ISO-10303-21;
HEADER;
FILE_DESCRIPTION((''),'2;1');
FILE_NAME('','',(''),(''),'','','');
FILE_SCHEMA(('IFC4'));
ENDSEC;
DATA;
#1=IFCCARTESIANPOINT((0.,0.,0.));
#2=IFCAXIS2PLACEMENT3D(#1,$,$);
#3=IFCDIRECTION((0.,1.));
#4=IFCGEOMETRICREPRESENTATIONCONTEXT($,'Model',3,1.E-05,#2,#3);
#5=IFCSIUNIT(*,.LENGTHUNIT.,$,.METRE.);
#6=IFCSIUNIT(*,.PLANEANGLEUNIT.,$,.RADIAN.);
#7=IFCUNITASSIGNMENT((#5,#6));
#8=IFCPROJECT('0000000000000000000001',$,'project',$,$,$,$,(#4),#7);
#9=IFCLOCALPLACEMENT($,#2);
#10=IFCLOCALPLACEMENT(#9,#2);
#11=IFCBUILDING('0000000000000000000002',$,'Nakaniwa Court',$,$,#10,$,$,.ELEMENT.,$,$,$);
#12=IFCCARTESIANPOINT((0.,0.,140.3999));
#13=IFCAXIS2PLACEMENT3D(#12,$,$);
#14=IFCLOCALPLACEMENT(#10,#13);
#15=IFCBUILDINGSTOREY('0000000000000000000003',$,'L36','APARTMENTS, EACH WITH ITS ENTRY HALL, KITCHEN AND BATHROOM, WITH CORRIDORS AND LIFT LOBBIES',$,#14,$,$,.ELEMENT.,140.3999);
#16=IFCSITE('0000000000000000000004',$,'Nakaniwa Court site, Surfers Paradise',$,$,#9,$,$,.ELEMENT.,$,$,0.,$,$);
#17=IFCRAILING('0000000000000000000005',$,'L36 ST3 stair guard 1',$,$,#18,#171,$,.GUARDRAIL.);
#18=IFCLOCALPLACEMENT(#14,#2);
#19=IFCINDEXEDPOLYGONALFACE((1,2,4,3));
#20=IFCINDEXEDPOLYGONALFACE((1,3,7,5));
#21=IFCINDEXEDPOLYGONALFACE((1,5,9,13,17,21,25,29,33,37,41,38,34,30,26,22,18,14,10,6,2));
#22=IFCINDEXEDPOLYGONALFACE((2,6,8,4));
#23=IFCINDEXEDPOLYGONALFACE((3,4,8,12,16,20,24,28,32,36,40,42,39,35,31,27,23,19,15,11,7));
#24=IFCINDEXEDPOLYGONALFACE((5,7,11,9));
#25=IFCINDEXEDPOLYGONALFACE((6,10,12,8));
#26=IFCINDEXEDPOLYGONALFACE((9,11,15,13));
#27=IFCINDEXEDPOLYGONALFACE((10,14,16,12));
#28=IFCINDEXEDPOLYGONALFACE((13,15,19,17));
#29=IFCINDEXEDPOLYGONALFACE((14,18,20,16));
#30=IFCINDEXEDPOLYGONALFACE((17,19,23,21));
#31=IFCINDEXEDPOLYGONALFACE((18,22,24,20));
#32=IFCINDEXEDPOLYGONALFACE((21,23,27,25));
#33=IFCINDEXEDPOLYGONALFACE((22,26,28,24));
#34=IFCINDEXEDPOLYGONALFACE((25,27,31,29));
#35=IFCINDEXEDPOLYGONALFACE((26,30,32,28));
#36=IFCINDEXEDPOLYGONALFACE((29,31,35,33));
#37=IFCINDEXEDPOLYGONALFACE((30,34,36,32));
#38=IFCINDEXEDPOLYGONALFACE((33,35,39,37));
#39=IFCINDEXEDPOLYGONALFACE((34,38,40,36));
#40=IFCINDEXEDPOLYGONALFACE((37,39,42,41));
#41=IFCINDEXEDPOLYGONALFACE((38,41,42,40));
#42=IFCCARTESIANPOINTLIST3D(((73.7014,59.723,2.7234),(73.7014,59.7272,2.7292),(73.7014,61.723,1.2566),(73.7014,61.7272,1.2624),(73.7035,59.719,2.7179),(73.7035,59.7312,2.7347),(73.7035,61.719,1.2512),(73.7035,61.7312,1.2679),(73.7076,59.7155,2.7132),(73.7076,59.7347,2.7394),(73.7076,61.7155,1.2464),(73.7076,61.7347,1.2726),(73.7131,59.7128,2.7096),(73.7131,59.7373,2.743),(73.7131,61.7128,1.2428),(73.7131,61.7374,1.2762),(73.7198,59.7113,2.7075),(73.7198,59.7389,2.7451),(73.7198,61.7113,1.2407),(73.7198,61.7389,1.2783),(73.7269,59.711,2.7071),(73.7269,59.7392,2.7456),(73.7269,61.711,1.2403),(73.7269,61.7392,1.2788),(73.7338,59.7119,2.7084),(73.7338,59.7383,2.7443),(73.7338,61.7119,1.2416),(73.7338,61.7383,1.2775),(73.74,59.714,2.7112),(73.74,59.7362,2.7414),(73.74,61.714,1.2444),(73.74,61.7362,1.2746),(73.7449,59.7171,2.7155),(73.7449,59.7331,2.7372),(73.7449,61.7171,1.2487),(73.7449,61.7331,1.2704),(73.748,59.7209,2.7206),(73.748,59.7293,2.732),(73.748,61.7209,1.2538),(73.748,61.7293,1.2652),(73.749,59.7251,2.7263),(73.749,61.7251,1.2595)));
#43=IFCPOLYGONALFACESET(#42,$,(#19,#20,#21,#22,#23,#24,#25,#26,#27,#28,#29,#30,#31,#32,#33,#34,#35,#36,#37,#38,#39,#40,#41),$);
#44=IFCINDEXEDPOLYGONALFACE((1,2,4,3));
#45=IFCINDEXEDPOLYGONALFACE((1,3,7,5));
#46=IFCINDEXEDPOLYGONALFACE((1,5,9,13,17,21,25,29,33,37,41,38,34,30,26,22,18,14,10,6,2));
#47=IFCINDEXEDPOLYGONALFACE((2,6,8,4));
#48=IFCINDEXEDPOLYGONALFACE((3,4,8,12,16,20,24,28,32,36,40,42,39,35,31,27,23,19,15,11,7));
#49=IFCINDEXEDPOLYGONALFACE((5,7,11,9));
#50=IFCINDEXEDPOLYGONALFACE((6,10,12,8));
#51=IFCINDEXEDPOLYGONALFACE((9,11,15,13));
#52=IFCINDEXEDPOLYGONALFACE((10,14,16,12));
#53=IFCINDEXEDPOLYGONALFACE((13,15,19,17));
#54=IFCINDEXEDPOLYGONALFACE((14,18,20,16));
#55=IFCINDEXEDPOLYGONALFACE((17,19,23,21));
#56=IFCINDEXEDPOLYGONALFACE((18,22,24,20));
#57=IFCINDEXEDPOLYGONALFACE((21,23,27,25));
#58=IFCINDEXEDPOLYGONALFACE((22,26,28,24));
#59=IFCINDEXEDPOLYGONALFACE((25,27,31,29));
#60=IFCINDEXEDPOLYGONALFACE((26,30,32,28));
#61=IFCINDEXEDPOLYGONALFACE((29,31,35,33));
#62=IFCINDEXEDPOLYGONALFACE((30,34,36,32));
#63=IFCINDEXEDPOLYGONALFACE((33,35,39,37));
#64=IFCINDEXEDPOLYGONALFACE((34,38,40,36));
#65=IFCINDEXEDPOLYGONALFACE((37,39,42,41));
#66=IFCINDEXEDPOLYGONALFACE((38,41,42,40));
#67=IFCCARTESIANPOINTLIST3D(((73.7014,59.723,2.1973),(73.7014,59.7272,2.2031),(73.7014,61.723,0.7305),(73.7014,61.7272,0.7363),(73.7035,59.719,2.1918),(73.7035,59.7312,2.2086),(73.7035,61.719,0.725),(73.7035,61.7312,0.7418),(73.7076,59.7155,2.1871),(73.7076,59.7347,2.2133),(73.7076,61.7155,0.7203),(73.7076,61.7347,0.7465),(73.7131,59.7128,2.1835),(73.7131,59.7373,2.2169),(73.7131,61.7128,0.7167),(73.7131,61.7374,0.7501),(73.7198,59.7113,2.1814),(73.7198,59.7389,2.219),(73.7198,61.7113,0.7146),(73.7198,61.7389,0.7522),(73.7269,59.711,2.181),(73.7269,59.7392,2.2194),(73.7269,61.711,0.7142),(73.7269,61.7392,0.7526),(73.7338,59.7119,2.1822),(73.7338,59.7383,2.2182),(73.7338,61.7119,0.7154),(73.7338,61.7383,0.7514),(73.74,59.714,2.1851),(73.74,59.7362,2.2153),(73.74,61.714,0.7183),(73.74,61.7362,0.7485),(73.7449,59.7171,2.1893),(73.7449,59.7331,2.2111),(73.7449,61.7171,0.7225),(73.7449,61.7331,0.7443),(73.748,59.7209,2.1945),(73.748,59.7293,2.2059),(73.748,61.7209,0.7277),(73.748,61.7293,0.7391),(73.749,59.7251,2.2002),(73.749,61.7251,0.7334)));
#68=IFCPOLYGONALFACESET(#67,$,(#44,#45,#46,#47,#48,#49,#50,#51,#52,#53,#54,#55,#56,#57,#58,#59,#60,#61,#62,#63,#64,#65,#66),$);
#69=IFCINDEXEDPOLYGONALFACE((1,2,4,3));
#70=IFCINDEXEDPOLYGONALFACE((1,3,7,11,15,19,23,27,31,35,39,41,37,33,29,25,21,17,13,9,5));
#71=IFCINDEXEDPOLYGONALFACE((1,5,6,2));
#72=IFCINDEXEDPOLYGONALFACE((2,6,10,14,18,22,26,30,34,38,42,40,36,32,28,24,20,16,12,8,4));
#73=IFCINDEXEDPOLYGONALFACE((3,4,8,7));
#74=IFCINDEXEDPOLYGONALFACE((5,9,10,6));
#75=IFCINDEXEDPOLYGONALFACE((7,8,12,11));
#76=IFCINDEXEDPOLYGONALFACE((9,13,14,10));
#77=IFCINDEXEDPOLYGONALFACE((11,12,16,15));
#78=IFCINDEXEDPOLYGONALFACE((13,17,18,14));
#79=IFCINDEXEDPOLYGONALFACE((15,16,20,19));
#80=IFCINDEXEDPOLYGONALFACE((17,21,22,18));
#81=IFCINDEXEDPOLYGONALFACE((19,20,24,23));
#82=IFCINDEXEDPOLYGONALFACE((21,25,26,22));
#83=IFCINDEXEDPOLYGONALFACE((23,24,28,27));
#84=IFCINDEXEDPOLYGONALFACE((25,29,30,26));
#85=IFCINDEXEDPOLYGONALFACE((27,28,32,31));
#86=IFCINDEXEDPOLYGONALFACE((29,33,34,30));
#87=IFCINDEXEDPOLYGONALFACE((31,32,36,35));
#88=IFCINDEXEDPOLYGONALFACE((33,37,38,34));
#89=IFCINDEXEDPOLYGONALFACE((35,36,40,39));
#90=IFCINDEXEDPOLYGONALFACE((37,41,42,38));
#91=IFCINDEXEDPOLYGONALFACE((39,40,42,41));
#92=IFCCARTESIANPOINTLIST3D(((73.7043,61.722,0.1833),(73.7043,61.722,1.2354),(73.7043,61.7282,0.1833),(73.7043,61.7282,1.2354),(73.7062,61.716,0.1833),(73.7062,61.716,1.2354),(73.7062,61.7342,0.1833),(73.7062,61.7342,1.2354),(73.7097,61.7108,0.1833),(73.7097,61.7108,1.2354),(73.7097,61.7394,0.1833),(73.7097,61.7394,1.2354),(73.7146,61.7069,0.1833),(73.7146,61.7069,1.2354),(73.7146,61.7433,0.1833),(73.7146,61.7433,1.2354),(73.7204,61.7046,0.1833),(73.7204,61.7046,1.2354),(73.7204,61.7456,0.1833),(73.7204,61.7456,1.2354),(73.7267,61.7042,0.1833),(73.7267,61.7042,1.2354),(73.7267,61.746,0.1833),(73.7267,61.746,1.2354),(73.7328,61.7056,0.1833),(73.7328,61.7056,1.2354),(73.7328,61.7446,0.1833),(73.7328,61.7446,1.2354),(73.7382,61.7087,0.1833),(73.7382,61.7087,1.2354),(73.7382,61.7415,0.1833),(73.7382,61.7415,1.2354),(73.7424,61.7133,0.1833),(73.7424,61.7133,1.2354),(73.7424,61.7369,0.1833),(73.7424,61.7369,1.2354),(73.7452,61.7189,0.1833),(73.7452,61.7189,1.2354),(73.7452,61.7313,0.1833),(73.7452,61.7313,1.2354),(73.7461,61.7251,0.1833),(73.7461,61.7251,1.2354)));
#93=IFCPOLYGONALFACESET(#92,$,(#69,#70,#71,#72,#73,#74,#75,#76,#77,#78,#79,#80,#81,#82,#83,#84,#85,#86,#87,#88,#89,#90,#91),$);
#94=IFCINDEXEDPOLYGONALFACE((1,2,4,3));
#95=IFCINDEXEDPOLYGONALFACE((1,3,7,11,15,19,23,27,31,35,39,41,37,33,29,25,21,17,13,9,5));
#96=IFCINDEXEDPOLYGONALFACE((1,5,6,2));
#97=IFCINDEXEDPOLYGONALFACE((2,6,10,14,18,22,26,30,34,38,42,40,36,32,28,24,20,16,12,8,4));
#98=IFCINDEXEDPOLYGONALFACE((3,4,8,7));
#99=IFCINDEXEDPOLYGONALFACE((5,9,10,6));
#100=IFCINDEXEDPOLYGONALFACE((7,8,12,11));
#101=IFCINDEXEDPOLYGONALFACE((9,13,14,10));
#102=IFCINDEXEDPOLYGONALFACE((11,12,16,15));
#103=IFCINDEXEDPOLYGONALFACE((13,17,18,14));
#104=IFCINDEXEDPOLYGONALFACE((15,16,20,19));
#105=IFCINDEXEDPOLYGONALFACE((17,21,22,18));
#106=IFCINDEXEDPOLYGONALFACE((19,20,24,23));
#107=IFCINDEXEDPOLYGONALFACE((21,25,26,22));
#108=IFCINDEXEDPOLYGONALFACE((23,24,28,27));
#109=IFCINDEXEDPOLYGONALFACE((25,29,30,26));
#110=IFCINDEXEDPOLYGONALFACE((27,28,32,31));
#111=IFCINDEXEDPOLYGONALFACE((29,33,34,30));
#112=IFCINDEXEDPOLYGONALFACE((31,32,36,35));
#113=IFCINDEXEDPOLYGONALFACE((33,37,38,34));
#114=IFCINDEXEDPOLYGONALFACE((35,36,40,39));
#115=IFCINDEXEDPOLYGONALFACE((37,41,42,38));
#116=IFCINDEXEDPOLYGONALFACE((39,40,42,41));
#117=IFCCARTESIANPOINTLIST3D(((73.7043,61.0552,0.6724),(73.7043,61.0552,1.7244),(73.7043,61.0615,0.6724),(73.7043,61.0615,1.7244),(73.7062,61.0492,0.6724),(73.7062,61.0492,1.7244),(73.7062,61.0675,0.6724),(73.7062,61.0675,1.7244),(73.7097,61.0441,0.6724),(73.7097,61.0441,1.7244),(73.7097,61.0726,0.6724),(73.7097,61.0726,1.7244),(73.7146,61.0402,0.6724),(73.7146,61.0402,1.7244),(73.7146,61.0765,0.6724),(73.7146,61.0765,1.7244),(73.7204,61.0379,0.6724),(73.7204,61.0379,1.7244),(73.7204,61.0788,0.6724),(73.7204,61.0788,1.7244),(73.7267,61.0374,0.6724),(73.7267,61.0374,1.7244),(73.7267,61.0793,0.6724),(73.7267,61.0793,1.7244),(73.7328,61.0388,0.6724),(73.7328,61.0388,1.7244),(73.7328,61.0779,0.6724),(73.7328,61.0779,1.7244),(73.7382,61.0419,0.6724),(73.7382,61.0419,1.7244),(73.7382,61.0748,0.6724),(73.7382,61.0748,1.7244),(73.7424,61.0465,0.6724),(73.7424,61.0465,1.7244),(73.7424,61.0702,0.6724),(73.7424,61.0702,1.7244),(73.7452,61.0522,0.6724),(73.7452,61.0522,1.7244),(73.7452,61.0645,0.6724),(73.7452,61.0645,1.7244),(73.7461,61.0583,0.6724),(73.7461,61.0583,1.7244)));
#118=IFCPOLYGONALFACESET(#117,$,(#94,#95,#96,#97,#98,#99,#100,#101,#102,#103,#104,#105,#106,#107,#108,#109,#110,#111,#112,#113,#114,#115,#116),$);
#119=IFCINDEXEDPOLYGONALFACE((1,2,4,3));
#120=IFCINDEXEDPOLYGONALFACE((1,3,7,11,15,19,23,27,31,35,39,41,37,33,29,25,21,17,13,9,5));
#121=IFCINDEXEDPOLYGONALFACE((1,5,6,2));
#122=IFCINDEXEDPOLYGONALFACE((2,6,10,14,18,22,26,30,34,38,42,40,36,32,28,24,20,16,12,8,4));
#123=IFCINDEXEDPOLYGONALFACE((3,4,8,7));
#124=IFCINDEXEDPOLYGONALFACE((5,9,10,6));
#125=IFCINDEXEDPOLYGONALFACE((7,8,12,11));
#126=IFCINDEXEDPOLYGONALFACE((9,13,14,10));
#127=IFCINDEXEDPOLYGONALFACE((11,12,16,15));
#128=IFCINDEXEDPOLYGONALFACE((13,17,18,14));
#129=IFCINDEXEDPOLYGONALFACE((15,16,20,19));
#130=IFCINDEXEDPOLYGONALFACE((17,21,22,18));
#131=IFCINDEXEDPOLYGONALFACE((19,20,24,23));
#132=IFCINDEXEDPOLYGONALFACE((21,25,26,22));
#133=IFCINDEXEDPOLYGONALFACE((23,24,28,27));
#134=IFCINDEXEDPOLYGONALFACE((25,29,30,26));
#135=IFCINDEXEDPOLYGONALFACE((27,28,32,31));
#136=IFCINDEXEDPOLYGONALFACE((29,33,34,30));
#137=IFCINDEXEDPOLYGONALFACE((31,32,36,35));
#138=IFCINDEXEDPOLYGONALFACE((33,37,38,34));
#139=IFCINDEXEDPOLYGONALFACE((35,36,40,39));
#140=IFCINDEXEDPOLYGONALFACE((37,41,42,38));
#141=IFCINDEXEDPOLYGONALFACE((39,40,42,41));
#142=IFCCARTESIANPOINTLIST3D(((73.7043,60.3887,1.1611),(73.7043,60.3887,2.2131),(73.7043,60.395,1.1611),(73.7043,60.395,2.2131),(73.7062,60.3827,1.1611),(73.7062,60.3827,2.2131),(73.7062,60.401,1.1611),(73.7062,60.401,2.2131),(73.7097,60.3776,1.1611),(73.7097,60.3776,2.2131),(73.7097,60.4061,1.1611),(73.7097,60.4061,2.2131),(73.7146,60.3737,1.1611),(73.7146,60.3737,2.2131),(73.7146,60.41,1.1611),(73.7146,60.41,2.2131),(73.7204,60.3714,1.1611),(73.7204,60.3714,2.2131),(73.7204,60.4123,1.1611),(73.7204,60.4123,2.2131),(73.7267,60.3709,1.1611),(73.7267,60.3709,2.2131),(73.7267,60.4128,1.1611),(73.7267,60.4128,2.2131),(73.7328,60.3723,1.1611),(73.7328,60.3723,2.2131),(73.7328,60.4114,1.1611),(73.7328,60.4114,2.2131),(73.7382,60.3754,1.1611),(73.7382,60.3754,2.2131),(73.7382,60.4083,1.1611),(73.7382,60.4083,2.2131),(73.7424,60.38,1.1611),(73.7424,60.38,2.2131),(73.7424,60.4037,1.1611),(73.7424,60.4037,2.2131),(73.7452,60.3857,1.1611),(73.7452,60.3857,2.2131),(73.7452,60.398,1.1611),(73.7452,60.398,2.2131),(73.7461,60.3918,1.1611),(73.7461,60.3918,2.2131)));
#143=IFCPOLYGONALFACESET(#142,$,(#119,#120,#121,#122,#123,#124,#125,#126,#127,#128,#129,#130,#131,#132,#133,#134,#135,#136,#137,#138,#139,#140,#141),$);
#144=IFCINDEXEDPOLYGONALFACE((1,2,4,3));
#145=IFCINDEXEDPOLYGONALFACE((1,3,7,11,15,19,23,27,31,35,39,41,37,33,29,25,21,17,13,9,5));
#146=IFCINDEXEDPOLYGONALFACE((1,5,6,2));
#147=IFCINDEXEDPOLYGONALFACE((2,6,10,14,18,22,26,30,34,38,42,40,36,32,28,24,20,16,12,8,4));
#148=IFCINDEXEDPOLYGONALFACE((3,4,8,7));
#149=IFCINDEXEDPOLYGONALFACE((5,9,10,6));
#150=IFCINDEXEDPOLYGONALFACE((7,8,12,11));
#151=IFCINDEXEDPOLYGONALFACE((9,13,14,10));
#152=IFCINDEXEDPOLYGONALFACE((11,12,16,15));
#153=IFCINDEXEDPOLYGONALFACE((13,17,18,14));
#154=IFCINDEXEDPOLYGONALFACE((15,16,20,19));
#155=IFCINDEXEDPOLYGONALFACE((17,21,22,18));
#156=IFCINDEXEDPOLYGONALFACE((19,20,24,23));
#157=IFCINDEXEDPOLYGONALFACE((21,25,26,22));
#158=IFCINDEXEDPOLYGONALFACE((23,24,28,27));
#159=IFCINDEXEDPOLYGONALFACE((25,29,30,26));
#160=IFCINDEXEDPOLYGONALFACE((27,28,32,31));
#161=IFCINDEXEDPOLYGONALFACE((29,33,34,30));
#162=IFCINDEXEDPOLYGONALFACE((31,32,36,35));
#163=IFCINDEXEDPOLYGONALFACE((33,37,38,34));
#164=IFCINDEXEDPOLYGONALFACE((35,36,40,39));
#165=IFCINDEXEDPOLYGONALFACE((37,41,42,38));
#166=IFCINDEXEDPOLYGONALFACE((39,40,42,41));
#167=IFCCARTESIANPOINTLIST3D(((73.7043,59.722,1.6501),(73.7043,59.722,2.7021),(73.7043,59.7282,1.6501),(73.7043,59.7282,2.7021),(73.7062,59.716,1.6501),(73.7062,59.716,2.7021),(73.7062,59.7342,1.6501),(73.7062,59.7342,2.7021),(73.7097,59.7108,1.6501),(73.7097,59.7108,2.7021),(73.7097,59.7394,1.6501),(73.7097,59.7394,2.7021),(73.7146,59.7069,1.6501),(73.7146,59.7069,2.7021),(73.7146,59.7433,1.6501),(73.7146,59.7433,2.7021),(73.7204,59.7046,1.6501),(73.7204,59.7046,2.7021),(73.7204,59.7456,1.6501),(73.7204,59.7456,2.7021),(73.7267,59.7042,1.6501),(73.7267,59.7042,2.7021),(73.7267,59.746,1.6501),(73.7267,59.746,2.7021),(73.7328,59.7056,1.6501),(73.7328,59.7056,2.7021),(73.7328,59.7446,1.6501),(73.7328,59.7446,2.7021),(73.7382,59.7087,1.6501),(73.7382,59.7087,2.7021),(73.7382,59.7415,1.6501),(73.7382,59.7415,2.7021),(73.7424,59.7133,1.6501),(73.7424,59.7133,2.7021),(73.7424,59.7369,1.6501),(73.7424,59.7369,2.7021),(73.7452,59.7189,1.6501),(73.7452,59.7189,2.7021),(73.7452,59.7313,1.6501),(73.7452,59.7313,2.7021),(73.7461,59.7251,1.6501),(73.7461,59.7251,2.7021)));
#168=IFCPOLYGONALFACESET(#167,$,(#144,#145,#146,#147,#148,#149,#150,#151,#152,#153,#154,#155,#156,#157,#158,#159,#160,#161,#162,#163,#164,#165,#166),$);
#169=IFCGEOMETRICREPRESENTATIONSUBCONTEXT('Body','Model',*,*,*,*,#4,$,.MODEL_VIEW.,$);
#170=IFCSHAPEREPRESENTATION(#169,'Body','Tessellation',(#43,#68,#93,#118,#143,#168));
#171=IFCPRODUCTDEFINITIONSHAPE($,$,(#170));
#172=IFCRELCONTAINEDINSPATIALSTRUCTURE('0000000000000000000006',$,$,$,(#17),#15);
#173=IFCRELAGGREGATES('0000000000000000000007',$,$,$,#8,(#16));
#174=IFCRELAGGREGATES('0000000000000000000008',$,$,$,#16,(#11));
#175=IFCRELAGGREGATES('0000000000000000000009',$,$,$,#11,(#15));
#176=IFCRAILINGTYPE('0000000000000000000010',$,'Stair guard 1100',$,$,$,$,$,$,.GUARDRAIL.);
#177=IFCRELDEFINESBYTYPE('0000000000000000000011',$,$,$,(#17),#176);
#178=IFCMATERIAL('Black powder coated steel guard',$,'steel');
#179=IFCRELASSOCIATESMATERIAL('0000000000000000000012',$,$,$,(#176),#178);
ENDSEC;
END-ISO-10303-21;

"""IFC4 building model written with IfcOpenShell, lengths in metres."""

from ifc_helpers import new_model, si_unit, direction, frame, origin, origin_2d, place, context, subcontext, project, spatial, circle, extrude, material, type_object, element, save


model = new_model("IFC4")

# Units and contexts
model_context = context("Model", 3, precision=1e-05, world=origin(), true_north=direction((0.0, 1.0)))
body_context = subcontext(model_context, "Body", "Model", "MODEL_VIEW")
ifc_project = project(units=[si_unit("LENGTHUNIT", "METRE"), si_unit("PLANEANGLEUNIT", "RADIAN")], contexts=[model_context])

# Site, building, storey
site_placement = place(None, origin())
site = spatial("IfcSite", under=ifc_project, at=site_placement, Name="Nakaniwa Court site, Surfers Paradise", CompositionType="ELEMENT", RefElevation=0.0)
building_placement = place(site_placement, origin())
building = spatial("IfcBuilding", under=site, at=building_placement, Name="Nakaniwa Court", CompositionType="ELEMENT")
storey_placement = place(building_placement, frame((0.0, 0.0, 140.3999)))
storey = spatial("IfcBuildingStorey", under=building, at=storey_placement, Name="L36", Description="APARTMENTS, EACH WITH ITS ENTRY HALL, KITCHEN AND BATHROOM, WITH CORRIDORS AND LIFT LOBBIES", CompositionType="ELEMENT", Elevation=140.3999)

# Railing
ifc_material_1 = material(Name="Black powder coated steel guard", Category="steel")
railing_type_1 = type_object("IfcRailingType", Name="Stair guard 1100", PredefinedType="GUARDRAIL", material=ifc_material_1)
railing_1_placement = place(storey_placement, frame((73.7251, 61.7251, 0.1833)))
element("IfcRailing", 1, at=railing_1_placement, inside=storey, type_object=railing_type_1, Name="L36 ST3 stair guard 1", PredefinedType="GUARDRAIL", context=body_context, shape_type="SweptSolid", body=[
    extrude(circle(Radius=0.0239, at=origin_2d()), frame((0.0, 0.0, 1.0762), z_axis=(0.0, -0.80638, 0.591398), x_axis=(1.0, 0.0, 0.0)), (0.0, 0.0, 1.0), 2.4802),
    extrude(circle(Radius=0.0239, at=origin_2d()), frame((0.0, 0.0, 0.55), z_axis=(0.0, -0.80638, 0.591398), x_axis=(1.0, 0.0, 0.0)), (0.0, 0.0, 1.0), 2.4802),
    extrude(circle(Radius=0.021, at=origin_2d()), origin(), (0.0, 0.0, 1.0), 1.052),
    extrude(circle(Radius=0.021, at=origin_2d()), frame((0.0, -0.6667, 0.489)), (0.0, 0.0, 1.0), 1.052),
    extrude(circle(Radius=0.021, at=origin_2d()), frame((0.0, -1.3333, 0.9778)), (0.0, 0.0, 1.0), 1.052),
    extrude(circle(Radius=0.021, at=origin_2d()), frame((0.0, -2.0, 1.4668)), (0.0, 0.0, 1.0), 1.052),
])

save(model, "model.ifc")
